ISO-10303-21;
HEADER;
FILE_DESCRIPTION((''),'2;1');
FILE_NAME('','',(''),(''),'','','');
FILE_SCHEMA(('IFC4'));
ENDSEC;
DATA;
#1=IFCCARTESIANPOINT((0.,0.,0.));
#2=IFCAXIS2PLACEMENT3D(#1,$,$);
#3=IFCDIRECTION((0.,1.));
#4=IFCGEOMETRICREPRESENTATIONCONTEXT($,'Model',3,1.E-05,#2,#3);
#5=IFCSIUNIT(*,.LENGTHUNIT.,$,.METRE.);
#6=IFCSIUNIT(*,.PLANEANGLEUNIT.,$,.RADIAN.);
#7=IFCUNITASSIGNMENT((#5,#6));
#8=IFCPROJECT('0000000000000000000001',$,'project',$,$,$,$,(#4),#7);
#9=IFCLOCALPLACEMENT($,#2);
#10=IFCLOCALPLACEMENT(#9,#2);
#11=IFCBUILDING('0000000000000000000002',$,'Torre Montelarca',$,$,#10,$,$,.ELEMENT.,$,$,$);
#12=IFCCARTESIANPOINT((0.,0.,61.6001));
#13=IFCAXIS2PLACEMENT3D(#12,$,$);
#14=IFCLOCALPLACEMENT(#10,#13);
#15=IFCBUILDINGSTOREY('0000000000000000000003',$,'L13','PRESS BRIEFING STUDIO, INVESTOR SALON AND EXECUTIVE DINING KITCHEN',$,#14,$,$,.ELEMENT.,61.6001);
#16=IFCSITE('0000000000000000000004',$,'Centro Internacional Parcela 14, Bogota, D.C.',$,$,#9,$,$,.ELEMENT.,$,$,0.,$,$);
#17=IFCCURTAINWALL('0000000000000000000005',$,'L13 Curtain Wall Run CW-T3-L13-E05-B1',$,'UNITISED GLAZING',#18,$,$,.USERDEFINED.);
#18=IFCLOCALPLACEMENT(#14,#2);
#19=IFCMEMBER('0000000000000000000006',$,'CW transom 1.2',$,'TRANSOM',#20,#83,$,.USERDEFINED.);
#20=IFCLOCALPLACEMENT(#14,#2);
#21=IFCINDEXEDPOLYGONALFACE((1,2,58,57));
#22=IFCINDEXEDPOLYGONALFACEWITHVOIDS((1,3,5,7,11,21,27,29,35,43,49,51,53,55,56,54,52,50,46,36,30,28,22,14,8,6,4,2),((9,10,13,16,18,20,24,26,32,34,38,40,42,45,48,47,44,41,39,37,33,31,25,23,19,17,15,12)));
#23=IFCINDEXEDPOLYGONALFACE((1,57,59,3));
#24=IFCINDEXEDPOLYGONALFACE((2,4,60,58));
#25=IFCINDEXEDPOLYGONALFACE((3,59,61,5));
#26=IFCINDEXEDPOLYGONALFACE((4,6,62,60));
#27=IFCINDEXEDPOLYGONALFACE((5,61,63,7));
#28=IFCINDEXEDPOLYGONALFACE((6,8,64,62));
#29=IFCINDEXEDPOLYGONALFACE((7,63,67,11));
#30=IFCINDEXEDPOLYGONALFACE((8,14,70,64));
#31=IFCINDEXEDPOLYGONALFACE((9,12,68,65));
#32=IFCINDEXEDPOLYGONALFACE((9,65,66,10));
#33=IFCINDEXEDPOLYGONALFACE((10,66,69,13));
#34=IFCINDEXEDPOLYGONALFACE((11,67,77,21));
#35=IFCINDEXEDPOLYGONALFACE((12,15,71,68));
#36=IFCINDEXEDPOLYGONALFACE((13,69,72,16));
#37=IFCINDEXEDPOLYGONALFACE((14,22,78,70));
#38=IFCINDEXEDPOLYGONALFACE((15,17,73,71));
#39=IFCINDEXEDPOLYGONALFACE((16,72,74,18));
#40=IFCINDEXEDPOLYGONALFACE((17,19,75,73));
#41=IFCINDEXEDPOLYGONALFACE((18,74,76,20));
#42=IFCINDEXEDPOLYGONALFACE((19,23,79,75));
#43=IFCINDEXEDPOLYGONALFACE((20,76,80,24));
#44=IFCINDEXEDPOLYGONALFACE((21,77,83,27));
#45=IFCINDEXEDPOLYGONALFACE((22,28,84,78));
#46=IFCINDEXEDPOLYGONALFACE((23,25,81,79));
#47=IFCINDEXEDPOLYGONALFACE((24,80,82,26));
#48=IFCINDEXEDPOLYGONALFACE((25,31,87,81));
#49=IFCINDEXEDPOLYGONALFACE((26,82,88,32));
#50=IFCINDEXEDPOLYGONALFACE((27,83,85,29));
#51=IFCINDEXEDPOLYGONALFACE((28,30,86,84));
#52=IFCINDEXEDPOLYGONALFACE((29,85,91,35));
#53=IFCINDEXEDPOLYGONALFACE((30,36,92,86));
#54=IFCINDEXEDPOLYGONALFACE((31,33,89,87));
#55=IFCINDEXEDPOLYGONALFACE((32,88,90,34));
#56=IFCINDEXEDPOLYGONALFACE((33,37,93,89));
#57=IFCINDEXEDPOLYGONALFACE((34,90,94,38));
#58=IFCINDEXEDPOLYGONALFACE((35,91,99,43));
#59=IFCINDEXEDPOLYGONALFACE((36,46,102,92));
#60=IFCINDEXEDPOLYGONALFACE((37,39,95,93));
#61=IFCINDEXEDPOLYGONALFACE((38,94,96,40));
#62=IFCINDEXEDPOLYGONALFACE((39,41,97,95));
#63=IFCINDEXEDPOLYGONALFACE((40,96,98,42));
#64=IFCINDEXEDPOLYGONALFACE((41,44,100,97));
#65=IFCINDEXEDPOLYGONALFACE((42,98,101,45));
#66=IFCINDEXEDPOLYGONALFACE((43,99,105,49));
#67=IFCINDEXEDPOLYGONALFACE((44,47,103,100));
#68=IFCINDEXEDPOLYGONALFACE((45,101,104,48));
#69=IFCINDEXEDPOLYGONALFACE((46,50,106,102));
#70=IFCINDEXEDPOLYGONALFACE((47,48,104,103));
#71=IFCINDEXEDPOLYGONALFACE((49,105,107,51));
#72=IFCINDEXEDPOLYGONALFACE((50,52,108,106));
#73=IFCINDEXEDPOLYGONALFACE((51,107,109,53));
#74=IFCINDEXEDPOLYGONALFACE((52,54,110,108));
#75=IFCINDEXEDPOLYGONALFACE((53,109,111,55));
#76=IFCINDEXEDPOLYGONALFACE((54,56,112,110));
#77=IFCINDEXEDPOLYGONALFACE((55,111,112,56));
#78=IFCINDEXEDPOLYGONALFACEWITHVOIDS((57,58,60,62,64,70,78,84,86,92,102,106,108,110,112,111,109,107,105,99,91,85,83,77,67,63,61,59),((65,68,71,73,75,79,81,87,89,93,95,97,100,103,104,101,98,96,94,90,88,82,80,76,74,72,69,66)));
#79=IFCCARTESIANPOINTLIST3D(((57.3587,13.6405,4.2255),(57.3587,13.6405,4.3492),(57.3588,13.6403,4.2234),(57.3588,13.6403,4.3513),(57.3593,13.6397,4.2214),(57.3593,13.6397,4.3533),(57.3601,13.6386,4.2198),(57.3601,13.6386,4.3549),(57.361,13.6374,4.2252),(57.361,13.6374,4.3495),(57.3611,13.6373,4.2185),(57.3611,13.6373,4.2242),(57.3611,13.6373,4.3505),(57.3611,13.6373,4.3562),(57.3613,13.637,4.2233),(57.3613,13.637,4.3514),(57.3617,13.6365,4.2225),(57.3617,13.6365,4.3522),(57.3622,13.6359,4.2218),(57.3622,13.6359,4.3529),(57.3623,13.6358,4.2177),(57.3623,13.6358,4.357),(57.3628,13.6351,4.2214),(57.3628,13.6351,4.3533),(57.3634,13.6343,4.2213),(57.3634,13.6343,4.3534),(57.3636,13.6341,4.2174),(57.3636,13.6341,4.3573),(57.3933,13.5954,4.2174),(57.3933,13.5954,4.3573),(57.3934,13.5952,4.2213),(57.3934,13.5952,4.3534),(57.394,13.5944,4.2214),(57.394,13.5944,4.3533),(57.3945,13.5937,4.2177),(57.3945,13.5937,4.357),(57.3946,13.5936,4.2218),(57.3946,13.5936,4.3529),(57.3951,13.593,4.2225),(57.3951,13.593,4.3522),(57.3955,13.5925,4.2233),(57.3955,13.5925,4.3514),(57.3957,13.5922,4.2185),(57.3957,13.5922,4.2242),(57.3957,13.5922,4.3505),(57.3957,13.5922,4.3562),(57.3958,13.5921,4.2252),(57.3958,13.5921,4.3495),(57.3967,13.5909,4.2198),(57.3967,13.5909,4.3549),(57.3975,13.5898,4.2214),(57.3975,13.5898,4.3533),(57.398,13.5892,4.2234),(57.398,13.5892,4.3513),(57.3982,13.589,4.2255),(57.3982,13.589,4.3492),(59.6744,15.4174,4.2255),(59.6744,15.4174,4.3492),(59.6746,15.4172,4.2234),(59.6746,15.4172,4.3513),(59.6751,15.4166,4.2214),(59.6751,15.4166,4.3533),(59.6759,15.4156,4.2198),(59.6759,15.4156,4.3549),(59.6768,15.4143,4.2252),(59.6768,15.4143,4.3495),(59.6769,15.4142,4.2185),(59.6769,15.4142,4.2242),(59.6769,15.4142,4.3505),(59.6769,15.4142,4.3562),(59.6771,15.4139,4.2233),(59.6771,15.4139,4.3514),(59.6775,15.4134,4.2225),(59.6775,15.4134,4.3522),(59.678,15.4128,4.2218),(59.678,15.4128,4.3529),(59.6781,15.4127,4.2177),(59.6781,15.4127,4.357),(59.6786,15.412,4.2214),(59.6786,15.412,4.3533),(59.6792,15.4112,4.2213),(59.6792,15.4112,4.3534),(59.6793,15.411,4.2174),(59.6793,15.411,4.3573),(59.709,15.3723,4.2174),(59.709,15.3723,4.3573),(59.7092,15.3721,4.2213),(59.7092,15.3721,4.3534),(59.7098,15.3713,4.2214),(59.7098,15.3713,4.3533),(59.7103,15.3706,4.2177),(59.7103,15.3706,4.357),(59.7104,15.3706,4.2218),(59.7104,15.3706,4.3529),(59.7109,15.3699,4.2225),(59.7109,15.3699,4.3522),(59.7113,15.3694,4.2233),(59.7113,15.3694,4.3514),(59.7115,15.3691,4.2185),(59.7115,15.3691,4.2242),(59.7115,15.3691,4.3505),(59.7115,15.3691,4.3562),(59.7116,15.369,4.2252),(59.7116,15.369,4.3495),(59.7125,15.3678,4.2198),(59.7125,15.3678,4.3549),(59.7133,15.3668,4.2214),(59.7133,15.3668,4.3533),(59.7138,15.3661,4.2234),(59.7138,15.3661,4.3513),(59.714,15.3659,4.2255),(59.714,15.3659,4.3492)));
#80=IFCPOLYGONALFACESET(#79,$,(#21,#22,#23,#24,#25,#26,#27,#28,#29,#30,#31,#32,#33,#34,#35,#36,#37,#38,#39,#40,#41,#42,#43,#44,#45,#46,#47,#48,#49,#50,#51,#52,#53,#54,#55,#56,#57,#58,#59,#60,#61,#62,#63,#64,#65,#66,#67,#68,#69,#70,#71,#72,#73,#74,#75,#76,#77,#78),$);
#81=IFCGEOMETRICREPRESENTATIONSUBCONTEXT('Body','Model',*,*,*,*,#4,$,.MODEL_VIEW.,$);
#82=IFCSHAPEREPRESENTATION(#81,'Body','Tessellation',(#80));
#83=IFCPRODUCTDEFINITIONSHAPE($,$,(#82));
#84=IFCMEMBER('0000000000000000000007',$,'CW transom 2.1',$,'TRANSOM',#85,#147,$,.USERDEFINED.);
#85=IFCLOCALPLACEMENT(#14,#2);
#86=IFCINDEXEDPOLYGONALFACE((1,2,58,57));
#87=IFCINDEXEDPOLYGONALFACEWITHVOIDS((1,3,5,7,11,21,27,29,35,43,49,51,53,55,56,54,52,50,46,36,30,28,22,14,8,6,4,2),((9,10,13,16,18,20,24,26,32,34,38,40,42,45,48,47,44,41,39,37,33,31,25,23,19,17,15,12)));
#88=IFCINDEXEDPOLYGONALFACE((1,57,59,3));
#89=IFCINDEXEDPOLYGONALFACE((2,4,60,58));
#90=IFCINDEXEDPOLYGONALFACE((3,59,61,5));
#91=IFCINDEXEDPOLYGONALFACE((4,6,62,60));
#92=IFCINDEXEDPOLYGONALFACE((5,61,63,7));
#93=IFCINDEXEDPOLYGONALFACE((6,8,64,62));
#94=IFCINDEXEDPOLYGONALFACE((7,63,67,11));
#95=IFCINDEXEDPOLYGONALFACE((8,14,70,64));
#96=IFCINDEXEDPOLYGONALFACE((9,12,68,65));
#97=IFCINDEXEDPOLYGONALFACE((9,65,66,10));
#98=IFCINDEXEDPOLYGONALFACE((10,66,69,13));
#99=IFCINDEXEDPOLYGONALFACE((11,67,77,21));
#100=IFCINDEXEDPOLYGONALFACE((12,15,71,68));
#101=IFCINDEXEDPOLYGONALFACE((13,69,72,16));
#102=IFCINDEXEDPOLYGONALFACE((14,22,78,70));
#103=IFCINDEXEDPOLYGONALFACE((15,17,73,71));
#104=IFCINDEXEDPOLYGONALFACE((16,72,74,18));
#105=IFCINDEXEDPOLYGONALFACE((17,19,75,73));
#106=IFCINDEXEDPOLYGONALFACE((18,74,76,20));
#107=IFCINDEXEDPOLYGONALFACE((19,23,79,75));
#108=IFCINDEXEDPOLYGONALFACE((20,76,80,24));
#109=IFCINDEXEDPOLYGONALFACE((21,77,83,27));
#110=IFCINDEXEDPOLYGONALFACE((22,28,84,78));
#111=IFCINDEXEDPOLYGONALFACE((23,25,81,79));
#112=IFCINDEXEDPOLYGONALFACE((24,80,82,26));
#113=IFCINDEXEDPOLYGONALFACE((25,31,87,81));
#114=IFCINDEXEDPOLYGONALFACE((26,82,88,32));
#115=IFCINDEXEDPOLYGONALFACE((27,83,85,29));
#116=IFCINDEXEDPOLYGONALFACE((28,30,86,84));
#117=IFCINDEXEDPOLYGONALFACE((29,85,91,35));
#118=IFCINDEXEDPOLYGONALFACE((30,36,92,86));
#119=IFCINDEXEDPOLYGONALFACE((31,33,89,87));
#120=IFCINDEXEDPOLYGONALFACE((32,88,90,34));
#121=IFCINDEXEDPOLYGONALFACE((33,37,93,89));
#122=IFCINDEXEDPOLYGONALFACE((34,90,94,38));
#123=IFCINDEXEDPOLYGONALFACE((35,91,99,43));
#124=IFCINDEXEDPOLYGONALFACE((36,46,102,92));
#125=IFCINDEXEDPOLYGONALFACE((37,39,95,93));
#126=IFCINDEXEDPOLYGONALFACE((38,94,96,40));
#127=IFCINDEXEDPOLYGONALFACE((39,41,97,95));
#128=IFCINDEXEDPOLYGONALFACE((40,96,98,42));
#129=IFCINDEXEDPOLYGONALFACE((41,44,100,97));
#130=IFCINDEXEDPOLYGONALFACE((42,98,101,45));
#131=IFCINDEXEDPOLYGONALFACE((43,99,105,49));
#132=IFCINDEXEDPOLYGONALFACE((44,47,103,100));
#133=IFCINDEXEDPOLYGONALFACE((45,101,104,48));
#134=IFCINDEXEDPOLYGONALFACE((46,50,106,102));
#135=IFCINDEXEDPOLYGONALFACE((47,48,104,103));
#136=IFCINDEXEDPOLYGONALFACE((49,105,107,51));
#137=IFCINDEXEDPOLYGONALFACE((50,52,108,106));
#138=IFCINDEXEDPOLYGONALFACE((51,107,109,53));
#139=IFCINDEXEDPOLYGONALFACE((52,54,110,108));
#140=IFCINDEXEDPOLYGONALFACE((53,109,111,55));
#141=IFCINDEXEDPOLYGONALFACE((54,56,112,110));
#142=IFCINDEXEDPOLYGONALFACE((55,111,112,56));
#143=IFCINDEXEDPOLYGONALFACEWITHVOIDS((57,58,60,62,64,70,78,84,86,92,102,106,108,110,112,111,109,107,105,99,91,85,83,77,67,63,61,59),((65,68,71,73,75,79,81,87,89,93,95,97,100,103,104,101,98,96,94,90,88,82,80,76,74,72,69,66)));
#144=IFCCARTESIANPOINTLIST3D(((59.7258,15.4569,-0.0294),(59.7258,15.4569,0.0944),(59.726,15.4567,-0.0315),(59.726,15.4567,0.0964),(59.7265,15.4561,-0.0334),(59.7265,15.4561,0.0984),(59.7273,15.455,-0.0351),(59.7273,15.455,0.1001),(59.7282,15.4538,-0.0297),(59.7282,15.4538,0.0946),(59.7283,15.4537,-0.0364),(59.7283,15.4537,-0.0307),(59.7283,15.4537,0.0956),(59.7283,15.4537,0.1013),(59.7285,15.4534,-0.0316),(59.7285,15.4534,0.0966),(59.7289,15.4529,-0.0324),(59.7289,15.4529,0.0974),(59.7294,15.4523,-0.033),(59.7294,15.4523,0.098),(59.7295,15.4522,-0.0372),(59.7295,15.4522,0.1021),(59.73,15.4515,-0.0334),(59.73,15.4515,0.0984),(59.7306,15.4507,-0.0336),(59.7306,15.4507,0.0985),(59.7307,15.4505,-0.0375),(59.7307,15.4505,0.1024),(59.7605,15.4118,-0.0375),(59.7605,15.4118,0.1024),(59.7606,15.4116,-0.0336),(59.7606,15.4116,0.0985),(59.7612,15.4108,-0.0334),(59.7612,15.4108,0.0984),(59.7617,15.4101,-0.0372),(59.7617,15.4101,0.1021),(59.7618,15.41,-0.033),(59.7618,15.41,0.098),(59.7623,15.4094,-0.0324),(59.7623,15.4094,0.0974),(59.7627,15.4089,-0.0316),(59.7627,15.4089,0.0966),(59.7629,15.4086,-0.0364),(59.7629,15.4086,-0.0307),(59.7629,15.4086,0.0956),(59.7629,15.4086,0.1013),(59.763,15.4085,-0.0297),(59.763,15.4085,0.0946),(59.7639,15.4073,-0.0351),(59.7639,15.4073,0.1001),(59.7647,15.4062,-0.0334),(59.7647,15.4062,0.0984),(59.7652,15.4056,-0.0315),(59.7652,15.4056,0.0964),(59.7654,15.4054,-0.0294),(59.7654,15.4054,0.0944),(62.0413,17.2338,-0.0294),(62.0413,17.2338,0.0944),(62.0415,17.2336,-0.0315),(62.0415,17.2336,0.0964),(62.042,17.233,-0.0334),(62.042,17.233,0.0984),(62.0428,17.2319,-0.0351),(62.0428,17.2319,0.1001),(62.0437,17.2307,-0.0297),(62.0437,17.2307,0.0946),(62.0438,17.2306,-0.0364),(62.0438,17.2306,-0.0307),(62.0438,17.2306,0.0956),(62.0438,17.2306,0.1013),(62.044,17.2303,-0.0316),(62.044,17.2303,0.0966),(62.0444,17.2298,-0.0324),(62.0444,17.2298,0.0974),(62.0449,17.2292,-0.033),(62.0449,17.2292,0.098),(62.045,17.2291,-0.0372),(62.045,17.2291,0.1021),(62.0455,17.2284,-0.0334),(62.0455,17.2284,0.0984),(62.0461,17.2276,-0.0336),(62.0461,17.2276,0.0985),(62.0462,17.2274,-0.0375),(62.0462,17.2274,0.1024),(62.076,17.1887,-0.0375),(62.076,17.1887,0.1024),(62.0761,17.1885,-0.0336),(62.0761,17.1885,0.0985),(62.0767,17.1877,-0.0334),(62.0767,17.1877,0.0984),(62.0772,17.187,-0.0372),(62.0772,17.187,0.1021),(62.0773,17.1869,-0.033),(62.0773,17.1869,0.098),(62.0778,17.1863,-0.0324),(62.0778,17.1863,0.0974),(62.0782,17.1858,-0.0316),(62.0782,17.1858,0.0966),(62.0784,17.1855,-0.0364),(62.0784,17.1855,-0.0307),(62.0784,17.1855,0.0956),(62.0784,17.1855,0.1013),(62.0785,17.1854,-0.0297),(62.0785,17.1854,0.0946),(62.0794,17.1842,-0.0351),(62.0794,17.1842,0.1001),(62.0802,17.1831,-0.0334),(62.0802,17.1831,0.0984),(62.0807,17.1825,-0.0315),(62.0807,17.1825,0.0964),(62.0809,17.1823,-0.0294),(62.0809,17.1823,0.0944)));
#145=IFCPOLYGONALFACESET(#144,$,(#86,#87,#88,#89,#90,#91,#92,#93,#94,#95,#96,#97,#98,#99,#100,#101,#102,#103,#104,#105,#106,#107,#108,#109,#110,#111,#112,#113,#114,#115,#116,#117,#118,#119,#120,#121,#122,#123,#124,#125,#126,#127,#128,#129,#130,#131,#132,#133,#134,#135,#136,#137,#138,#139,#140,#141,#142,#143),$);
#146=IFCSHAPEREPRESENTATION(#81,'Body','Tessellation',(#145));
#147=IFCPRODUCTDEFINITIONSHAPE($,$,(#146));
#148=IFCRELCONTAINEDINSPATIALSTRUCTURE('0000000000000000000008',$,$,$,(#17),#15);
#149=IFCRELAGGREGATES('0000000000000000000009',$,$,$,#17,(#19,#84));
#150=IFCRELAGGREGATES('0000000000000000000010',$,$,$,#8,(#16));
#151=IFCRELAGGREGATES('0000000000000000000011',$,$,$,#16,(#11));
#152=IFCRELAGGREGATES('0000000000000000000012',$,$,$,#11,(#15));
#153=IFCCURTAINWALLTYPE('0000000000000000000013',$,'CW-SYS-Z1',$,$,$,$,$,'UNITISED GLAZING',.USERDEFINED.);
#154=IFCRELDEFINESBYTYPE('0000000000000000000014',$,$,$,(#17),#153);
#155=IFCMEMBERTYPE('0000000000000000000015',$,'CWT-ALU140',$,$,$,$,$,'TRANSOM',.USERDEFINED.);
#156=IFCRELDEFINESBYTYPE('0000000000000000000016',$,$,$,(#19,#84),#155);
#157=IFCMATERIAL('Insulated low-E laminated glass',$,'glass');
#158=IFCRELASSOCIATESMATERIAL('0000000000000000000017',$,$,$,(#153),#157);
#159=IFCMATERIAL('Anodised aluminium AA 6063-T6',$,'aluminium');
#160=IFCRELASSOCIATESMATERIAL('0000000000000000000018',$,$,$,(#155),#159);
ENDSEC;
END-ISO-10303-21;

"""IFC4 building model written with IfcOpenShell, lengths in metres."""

from ifc_helpers import new_model, si_unit, direction, frame, origin, origin_2d, place, context, subcontext, project, spatial, hollow_rectangle, extrude, source, transform, mapped, material, material_profile, profile_set, type_object, element, aggregate, save


model = new_model("IFC4")

# Units and contexts
model_context = context("Model", 3, precision=1e-05, world=origin(), true_north=direction((0.0, 1.0)))
body_context = subcontext(model_context, "Body", "Model", "MODEL_VIEW")
ifc_project = project(units=[si_unit("LENGTHUNIT", "METRE"), si_unit("PLANEANGLEUNIT", "RADIAN")], contexts=[model_context])

# Site, building, storey
site_placement = place(None, origin())
site = spatial("IfcSite", under=ifc_project, at=site_placement, Name="Centro Internacional Parcela 14, Bogota, D.C.", CompositionType="ELEMENT", RefElevation=0.0)
building_placement = place(site_placement, origin())
building = spatial("IfcBuilding", under=site, at=building_placement, Name="Torre Montelarca", CompositionType="ELEMENT")
storey_placement = place(building_placement, frame((0.0, 0.0, 61.6001)))
storey = spatial("IfcBuildingStorey", under=building, at=storey_placement, Name="L13", Description="PRESS BRIEFING STUDIO, INVESTOR SALON AND EXECUTIVE DINING KITCHEN", CompositionType="ELEMENT", Elevation=61.6001)

# Curtain wall, members
ifc_material_1 = material(Name="Insulated low-E laminated glass", Category="glass")
curtain_wall_type = type_object("IfcCurtainWallType", Name="CW-SYS-Z1", ElementType="UNITISED GLAZING", PredefinedType="USERDEFINED", material=ifc_material_1)
ifc_material_2 = material(Name="Anodised aluminium AA 6063-T6", Category="aluminium")
ifc_material_profile_1 = material_profile(ifc_material_2, hollow_rectangle(XDim=0.0649, YDim=0.1399, WallThickness=0.0039, InnerFilletRadius=0.0039, OuterFilletRadius=0.0081, at=origin_2d()), Name="ALU65X140X4", Category="aluminium")
ifc_profile_set_1 = profile_set([ifc_material_profile_1], Name="Anodised aluminium AA 6063-T6")
member_type_1 = type_object("IfcMemberType", Name="CWT-ALU140", ElementType="TRANSOM", PredefinedType="USERDEFINED", material=ifc_profile_set_1)
curtain_wall_1_placement = place(storey_placement, origin())
curtain_wall_1 = element("IfcCurtainWall", 1, at=curtain_wall_1_placement, inside=storey, type_object=curtain_wall_type, Name="L13 Curtain Wall Run CW-T3-L13-E05-B1", ObjectType="UNITISED GLAZING", PredefinedType="USERDEFINED")
shared_shape_1 = source(origin(), body_context, "Body", "SweptSolid", [
    extrude(hollow_rectangle(XDim=0.0649, YDim=0.1399, WallThickness=0.0039, InnerFilletRadius=0.0039, OuterFilletRadius=0.0081, at=origin_2d()), origin(), (0.0, 0.0, 1.0), 2.9189),
])
member_1_placement = place(storey_placement, frame((57.3784, 13.6147, 4.2874), z_axis=(0.793357, 0.608756, 0.0), x_axis=(-0.608756, 0.793357, 0.0)))
member_1 = element("IfcMember", 2, at=member_1_placement, type_object=member_type_1, Name="CW transom 1.2", ObjectType="TRANSOM", PredefinedType="USERDEFINED", context=body_context, shape_type="MappedRepresentation", body=[
    mapped(shared_shape_1, transform((0.0, 0.0, 0.0), scale=1.0)),
])
shared_shape_2 = source(origin(), body_context, "Body", "SweptSolid", [
    extrude(hollow_rectangle(XDim=0.0649, YDim=0.1399, WallThickness=0.0039, InnerFilletRadius=0.0039, OuterFilletRadius=0.0081, at=origin_2d()), origin(), (0.0, 0.0, 1.0), 2.9187),
])
member_2_placement = place(storey_placement, frame((59.7456, 15.4312, 0.0325), z_axis=(0.793326, 0.608797, 0.0), x_axis=(-0.608797, 0.793326, 0.0)))
member_2 = element("IfcMember", 3, at=member_2_placement, type_object=member_type_1, Name="CW transom 2.1", ObjectType="TRANSOM", PredefinedType="USERDEFINED", context=body_context, shape_type="MappedRepresentation", body=[
    mapped(shared_shape_2, transform((0.0, 0.0, 0.0), scale=1.0)),
])

aggregate(curtain_wall_1, [member_1, member_2])

save(model, "model.ifc")
